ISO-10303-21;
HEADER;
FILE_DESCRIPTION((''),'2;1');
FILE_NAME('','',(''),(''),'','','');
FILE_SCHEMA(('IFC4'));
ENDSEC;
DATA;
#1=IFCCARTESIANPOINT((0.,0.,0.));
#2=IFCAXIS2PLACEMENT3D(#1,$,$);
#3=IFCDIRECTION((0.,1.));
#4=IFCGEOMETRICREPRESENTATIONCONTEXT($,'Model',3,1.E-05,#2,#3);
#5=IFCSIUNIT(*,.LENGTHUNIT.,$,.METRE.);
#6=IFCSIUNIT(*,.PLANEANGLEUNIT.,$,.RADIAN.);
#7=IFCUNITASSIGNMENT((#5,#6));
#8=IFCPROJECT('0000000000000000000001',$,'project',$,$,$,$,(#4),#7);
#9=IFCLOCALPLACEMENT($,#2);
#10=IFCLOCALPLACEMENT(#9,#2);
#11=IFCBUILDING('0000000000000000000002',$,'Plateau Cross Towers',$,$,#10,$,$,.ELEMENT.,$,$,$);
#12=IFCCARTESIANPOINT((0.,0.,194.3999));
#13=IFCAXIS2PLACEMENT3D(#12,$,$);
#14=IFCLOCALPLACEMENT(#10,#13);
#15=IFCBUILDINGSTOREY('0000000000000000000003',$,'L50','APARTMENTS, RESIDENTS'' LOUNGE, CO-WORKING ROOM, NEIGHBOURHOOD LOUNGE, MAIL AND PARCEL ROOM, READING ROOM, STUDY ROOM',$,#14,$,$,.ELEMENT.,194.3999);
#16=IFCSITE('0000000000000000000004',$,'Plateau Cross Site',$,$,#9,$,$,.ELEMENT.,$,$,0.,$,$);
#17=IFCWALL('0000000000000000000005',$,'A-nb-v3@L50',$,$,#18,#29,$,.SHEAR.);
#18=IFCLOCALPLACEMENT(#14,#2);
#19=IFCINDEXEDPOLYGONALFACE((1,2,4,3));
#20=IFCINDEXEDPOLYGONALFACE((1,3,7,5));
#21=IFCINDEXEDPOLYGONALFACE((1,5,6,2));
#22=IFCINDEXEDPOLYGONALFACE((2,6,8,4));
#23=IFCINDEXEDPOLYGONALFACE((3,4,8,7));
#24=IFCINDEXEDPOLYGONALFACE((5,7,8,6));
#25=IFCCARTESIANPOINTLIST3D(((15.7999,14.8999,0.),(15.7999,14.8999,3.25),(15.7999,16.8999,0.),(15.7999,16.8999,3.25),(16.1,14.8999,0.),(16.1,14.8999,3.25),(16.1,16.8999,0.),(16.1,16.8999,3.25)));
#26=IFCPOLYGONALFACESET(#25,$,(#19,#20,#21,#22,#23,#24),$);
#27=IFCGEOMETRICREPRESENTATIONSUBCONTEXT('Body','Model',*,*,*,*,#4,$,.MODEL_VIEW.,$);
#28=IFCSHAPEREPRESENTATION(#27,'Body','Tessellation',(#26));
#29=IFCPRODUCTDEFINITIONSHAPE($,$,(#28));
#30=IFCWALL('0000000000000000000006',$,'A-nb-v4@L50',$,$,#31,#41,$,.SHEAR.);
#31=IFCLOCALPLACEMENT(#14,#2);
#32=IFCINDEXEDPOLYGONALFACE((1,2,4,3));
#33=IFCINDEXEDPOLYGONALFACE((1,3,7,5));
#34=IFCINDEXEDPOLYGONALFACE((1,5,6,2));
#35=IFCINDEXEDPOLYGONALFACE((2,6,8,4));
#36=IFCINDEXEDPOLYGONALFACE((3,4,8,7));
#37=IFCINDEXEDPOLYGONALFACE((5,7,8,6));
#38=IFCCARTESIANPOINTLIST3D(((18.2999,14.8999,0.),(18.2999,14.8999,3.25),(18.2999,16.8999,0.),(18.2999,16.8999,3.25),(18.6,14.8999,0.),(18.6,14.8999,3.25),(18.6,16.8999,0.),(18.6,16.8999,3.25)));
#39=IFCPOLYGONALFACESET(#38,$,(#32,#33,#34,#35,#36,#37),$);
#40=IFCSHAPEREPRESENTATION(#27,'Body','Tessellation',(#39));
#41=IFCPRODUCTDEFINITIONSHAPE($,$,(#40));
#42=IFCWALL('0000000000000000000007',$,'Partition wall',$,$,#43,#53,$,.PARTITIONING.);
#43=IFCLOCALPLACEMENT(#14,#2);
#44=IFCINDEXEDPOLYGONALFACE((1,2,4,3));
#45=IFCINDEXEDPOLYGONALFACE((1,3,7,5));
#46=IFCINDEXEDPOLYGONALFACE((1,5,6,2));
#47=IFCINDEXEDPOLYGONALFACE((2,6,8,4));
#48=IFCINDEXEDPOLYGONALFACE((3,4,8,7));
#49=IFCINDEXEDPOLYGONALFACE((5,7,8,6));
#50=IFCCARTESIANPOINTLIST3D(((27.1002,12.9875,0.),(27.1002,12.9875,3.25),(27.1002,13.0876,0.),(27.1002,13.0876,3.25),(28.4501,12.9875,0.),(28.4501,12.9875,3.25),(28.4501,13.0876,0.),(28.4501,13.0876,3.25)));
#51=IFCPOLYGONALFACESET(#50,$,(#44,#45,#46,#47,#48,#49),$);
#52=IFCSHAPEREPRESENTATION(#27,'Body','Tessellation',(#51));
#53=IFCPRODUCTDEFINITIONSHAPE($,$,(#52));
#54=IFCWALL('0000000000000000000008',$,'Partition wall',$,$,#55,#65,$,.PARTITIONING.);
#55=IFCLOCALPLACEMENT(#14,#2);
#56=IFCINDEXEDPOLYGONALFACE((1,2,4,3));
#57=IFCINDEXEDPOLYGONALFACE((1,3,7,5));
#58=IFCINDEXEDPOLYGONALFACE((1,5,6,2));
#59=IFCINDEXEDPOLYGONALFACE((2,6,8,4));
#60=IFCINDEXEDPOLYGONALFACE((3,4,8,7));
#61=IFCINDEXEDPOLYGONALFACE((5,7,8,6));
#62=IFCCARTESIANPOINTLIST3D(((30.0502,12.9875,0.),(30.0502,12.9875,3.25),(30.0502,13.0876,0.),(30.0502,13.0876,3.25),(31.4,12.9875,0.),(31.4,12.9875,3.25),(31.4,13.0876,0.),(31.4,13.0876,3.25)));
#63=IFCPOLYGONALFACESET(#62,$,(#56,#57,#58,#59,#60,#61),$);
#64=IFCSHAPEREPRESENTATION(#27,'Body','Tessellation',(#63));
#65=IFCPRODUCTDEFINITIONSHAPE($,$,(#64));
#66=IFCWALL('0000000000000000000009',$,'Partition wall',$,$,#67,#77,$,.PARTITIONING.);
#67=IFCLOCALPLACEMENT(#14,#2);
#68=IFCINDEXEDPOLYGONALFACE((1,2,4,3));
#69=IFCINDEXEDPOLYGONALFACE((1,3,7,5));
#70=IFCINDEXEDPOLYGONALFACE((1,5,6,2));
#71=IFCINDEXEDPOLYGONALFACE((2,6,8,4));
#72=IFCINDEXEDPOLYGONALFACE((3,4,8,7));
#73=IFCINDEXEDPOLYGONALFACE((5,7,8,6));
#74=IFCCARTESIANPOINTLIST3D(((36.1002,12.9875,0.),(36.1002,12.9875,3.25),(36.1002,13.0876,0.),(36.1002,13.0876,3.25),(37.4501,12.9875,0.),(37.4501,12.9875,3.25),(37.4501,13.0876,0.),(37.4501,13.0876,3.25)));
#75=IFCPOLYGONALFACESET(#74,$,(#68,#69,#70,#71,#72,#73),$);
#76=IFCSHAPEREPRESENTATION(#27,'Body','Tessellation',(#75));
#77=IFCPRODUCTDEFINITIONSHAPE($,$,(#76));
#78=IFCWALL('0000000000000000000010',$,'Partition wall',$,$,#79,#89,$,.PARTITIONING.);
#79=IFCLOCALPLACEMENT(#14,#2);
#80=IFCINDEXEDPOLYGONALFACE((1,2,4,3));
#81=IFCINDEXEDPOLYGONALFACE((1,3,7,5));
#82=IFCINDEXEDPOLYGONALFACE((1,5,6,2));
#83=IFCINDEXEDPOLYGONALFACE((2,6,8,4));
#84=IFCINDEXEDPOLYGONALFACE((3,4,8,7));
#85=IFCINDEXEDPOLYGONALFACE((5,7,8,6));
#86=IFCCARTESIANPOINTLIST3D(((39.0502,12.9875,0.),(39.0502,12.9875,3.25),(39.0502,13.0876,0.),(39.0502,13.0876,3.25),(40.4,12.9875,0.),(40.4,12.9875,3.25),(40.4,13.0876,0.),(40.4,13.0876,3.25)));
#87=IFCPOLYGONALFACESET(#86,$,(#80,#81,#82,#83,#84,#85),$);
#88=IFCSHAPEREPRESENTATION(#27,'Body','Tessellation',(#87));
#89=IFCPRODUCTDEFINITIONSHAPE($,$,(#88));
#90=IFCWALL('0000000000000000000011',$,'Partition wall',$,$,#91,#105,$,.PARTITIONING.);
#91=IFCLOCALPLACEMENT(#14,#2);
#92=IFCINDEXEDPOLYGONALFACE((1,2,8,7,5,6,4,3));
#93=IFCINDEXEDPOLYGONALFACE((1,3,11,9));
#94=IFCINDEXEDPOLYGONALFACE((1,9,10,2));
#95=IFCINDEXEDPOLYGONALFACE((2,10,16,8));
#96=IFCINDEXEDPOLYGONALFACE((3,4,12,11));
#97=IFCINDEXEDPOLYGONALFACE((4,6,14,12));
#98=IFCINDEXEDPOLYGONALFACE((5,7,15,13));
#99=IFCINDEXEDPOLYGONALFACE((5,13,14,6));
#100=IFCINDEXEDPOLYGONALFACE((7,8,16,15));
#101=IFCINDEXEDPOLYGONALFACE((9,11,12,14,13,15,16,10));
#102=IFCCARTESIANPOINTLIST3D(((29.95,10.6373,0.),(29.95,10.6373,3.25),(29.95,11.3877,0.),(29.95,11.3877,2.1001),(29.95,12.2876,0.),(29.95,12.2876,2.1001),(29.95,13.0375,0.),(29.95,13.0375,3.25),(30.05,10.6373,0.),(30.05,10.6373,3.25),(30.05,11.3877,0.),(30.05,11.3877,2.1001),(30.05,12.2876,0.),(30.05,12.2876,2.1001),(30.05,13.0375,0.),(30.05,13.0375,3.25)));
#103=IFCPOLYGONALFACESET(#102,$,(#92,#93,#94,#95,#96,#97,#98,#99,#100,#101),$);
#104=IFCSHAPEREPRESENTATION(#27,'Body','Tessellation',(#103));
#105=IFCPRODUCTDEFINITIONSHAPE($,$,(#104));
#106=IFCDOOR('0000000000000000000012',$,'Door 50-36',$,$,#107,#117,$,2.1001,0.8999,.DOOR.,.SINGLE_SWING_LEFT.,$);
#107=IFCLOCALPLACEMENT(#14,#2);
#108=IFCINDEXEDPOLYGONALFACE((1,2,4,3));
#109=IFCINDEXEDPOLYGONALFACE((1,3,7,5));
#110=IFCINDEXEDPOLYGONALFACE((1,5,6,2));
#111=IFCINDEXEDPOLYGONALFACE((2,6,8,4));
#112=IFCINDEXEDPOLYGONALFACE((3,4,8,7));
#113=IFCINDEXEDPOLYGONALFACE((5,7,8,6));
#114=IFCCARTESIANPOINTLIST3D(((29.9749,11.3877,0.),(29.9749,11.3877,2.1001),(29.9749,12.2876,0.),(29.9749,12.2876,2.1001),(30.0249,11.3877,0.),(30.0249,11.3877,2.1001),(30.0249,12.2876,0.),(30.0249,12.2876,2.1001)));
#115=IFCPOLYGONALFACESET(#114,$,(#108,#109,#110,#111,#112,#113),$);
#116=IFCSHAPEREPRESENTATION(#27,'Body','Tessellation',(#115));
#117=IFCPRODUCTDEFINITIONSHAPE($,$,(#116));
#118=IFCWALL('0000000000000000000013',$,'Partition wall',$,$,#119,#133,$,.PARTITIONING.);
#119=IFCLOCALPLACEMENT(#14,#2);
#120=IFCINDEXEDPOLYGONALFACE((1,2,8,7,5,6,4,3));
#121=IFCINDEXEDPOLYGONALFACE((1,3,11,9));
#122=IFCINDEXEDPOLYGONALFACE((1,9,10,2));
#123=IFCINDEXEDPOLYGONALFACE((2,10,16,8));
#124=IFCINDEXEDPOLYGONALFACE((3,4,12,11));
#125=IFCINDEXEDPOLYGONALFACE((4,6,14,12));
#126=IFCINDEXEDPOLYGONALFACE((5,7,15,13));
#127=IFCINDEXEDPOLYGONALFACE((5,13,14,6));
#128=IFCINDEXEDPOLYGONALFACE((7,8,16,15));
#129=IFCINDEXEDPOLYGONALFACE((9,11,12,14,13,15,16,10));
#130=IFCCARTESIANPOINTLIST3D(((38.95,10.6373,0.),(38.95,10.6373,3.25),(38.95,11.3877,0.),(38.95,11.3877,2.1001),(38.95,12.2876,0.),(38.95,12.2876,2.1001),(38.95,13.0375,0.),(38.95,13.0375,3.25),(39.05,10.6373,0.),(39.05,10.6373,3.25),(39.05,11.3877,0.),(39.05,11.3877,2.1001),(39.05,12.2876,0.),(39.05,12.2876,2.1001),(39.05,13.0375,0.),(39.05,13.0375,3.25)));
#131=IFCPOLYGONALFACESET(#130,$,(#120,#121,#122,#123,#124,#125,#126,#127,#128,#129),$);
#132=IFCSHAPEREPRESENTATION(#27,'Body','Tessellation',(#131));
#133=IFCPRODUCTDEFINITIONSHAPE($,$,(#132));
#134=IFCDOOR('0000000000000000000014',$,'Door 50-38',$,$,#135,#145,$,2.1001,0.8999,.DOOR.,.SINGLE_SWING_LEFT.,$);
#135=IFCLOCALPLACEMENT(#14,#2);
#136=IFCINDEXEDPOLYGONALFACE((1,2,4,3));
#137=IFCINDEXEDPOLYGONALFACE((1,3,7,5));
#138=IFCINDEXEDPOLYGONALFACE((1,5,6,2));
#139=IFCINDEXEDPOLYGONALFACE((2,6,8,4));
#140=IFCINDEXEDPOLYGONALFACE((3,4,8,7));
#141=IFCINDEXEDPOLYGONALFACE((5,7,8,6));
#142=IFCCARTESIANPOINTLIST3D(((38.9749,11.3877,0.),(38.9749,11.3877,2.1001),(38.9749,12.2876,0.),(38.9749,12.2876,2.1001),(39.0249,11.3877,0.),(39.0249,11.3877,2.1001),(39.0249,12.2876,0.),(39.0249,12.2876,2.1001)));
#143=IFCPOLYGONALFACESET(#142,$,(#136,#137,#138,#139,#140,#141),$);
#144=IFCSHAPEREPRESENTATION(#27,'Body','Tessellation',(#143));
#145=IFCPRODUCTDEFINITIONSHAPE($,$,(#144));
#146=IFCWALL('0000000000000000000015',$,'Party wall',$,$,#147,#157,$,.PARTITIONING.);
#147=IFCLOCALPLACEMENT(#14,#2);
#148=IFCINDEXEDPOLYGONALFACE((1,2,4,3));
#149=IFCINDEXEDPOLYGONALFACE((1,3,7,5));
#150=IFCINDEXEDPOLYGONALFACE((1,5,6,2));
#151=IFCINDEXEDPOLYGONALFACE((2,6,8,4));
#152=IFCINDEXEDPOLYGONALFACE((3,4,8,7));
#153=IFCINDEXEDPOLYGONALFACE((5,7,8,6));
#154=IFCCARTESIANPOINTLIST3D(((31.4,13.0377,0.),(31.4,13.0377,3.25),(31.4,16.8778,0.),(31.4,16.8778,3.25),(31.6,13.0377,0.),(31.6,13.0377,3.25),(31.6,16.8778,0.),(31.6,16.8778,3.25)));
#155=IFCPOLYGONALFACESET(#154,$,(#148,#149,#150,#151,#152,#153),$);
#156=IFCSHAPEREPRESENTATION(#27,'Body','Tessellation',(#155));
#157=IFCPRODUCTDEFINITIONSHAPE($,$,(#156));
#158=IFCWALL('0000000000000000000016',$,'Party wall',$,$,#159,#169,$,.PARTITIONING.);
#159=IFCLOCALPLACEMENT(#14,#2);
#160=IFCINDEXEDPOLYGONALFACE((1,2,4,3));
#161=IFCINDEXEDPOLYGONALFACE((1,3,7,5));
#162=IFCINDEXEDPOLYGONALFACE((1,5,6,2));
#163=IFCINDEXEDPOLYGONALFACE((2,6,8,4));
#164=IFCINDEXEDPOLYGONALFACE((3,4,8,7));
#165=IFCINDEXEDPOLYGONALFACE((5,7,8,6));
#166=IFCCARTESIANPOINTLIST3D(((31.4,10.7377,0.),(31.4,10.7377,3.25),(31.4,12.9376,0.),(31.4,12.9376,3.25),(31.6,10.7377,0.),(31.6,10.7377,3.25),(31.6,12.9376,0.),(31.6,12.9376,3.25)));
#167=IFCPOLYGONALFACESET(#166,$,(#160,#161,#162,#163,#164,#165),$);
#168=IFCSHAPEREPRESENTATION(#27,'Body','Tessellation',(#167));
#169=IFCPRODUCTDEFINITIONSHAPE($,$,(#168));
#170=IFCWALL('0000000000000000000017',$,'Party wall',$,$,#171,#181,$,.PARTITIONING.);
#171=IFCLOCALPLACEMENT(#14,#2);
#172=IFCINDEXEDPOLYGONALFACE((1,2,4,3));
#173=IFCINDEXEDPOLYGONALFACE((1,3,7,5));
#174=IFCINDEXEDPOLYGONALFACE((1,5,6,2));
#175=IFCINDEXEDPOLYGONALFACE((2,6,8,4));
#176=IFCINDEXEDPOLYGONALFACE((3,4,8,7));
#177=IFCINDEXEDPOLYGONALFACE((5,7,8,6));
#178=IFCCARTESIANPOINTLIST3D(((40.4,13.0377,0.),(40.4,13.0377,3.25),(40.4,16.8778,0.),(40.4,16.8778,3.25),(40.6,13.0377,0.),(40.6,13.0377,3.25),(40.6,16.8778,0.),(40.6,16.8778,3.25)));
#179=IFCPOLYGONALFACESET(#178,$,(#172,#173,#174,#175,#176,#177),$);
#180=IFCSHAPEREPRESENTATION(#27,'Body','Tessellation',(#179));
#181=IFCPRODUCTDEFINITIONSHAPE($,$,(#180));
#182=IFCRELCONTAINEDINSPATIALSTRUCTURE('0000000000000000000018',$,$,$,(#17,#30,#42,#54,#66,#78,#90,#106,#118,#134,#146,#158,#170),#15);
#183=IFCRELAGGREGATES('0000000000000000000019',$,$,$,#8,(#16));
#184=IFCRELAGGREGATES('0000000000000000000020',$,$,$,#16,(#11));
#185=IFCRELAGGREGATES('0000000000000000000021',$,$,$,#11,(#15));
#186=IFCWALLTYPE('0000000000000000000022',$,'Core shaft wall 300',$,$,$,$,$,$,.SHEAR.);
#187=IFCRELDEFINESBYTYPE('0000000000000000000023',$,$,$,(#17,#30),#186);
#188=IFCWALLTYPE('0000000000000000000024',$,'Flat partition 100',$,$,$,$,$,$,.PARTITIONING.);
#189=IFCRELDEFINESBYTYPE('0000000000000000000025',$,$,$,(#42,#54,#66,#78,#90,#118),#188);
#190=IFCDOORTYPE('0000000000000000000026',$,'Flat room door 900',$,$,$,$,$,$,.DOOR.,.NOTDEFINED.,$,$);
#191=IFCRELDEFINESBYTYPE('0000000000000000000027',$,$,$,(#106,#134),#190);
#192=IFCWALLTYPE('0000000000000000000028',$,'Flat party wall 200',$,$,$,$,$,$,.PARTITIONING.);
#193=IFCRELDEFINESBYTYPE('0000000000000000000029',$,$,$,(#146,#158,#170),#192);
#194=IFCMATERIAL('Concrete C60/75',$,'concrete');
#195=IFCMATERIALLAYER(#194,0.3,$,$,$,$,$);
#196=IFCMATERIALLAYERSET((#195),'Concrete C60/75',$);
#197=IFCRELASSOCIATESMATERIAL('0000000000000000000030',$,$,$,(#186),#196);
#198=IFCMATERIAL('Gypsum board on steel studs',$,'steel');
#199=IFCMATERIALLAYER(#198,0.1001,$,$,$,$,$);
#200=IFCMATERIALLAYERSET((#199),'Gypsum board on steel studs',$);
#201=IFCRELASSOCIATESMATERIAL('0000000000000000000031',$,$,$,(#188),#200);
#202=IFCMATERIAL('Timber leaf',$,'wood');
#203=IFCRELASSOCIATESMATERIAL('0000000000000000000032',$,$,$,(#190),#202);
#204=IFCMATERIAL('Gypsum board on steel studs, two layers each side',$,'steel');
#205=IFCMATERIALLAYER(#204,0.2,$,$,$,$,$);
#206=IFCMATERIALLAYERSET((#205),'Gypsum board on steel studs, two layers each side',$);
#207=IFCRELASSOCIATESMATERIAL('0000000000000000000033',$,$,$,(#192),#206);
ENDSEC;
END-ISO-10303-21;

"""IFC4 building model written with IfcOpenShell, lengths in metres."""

from ifc_helpers import new_model, si_unit, direction, frame, frame_2d, origin, place, context, subcontext, project, spatial, rectangle, extrude, material, layer, layer_set, type_object, element, fill, save


model = new_model("IFC4")

# Units and contexts
model_context = context("Model", 3, precision=1e-05, world=origin(), true_north=direction((0.0, 1.0)))
body_context = subcontext(model_context, "Body", "Model", "MODEL_VIEW")
ifc_project = project(units=[si_unit("LENGTHUNIT", "METRE"), si_unit("PLANEANGLEUNIT", "RADIAN")], contexts=[model_context])

# Site, building, storey
site_placement = place(None, origin())
site = spatial("IfcSite", under=ifc_project, at=site_placement, Name="Plateau Cross Site", CompositionType="ELEMENT", RefElevation=0.0)
building_placement = place(site_placement, origin())
building = spatial("IfcBuilding", under=site, at=building_placement, Name="Plateau Cross Towers", CompositionType="ELEMENT")
storey_placement = place(building_placement, frame((0.0, 0.0, 194.3999)))
storey = spatial("IfcBuildingStorey", under=building, at=storey_placement, Name="L50", Description="APARTMENTS, RESIDENTS' LOUNGE, CO-WORKING ROOM, NEIGHBOURHOOD LOUNGE, MAIL AND PARCEL ROOM, READING ROOM, STUDY ROOM", CompositionType="ELEMENT", Elevation=194.3999)

# Walls
ifc_material_1 = material(Name="Concrete C60/75", Category="concrete")
ifc_layer_1 = layer(ifc_material_1, 0.3)
ifc_layer_set_1 = layer_set([ifc_layer_1], Name="Concrete C60/75")
wall_type_1 = type_object("IfcWallType", Name="Core shaft wall 300", PredefinedType="SHEAR", material=ifc_layer_set_1)
for number, where, z_axis, x_axis, name in (
    (1, (15.95, 14.8999, 0.0), (0.0, 0.0, 1.0), (0.0, 1.0, 0.0), "A-nb-v3@L50"),
    (2, (18.45, 14.8999, 0.0), (0.0, 0.0, 1.0), (0.0, 1.0, 0.0), "A-nb-v4@L50"),
):
    element("IfcWall", number, at=place(storey_placement, frame(where, z_axis=z_axis, x_axis=x_axis)), inside=storey, type_object=wall_type_1, Name=name, PredefinedType="SHEAR", context=body_context, shape_type="SweptSolid", body=[
        extrude(rectangle(XDim=2.0, YDim=0.3, at=frame_2d((1.0, 0.0))), origin(), (0.0, 0.0, 1.0), 3.25),
    ])
ifc_material_2 = material(Name="Gypsum board on steel studs", Category="steel")
ifc_layer_2 = layer(ifc_material_2, 0.1001)
ifc_layer_set_2 = layer_set([ifc_layer_2], Name="Gypsum board on steel studs")
wall_type_2 = type_object("IfcWallType", Name="Flat partition 100", PredefinedType="PARTITIONING", material=ifc_layer_set_2)
for number, where, z_axis, x_axis, name in (
    (3, (28.45, 13.0376, 0.0), (0.0, 0.0, 1.0), (-1.0, 0.0, 0.0), "Partition wall"),
    (4, (31.3999, 13.0376, 0.0), (0.0, 0.0, 1.0), (-1.0, 0.0, 0.0), "Partition wall"),
    (5, (37.45, 13.0376, 0.0), (0.0, 0.0, 1.0), (-1.0, 0.0, 0.0), "Partition wall"),
    (6, (40.3999, 13.0376, 0.0), (0.0, 0.0, 1.0), (-1.0, 0.0, 0.0), "Partition wall"),
):
    element("IfcWall", number, at=place(storey_placement, frame(where, z_axis=z_axis, x_axis=x_axis)), inside=storey, type_object=wall_type_2, Name=name, PredefinedType="PARTITIONING", context=body_context, shape_type="SweptSolid", body=[
        extrude(rectangle(XDim=1.3499, YDim=0.1001, at=frame_2d((0.6748, 0.0))), origin(), (0.0, 0.0, 1.0), 3.25),
    ])

# Walls, openings, doors
wall_1_placement = place(storey_placement, frame((30.0, 13.0376, 0.0), z_axis=(0.0, 0.0, 1.0), x_axis=(0.0, -1.0, 0.0)))
wall_1 = element("IfcWall", 7, at=wall_1_placement, inside=storey, type_object=wall_type_2, Name="Partition wall", PredefinedType="PARTITIONING", context=body_context, shape_type="SweptSolid", body=[
    extrude(rectangle(XDim=2.4001, YDim=0.1001, at=frame_2d((1.2002, 0.0))), origin(), (0.0, 0.0, 1.0), 3.25),
])
opening_1_placement = place(wall_1_placement, frame((0.75, 0.0, 0.0)))
opening_1 = element("IfcOpeningElement", 8, at=opening_1_placement, cuts=wall_1, PredefinedType="OPENING", context=body_context, shape_type="SweptSolid", body=[
    extrude(rectangle(XDim=0.8999, YDim=2.1001, at=frame_2d((0.45, 1.05))), frame((0.0, 0.0601, 0.0), z_axis=(0.0, -1.0, 0.0), x_axis=(1.0, 0.0, 0.0)), (0.0, 0.0, 1.0), 0.1201),
])
ifc_material_3 = material(Name="Timber leaf", Category="wood")
door_type_1 = type_object("IfcDoorType", Name="Flat room door 900", OperationType="NOTDEFINED", PredefinedType="DOOR", material=ifc_material_3)
door_1_placement = place(opening_1_placement, origin())
door_1 = element("IfcDoor", 9, at=door_1_placement, inside=storey, type_object=door_type_1, Name="Door 50-36", OperationType="SINGLE_SWING_LEFT", OverallHeight=2.1001, OverallWidth=0.8999, PredefinedType="DOOR", context=body_context, shape_type="SweptSolid", body=[
    extrude(rectangle(XDim=0.8999, YDim=2.1001, at=frame_2d((0.45, 1.05))), frame((0.0, 0.0249, 0.0), z_axis=(0.0, -1.0, 0.0), x_axis=(1.0, 0.0, 0.0)), (0.0, 0.0, 1.0), 0.05),
])
fill(opening_1, door_1)
wall_2_placement = place(storey_placement, frame((39.0, 13.0376, 0.0), z_axis=(0.0, 0.0, 1.0), x_axis=(0.0, -1.0, 0.0)))
wall_2 = element("IfcWall", 10, at=wall_2_placement, inside=storey, type_object=wall_type_2, Name="Partition wall", PredefinedType="PARTITIONING", context=body_context, shape_type="SweptSolid", body=[
    extrude(rectangle(XDim=2.4001, YDim=0.1001, at=frame_2d((1.2002, 0.0))), origin(), (0.0, 0.0, 1.0), 3.25),
])
opening_2_placement = place(wall_2_placement, frame((0.75, 0.0, 0.0)))
opening_2 = element("IfcOpeningElement", 11, at=opening_2_placement, cuts=wall_2, PredefinedType="OPENING", context=body_context, shape_type="SweptSolid", body=[
    extrude(rectangle(XDim=0.8999, YDim=2.1001, at=frame_2d((0.45, 1.05))), frame((0.0, 0.0601, 0.0), z_axis=(0.0, -1.0, 0.0), x_axis=(1.0, 0.0, 0.0)), (0.0, 0.0, 1.0), 0.1201),
])
door_2_placement = place(opening_2_placement, origin())
door_2 = element("IfcDoor", 12, at=door_2_placement, inside=storey, type_object=door_type_1, Name="Door 50-38", OperationType="SINGLE_SWING_LEFT", OverallHeight=2.1001, OverallWidth=0.8999, PredefinedType="DOOR", context=body_context, shape_type="SweptSolid", body=[
    extrude(rectangle(XDim=0.8999, YDim=2.1001, at=frame_2d((0.45, 1.05))), frame((0.0, 0.0249, 0.0), z_axis=(0.0, -1.0, 0.0), x_axis=(1.0, 0.0, 0.0)), (0.0, 0.0, 1.0), 0.05),
])
fill(opening_2, door_2)

# Walls
ifc_material_4 = material(Name="Gypsum board on steel studs, two layers each side", Category="steel")
ifc_layer_3 = layer(ifc_material_4, 0.2)
ifc_layer_set_3 = layer_set([ifc_layer_3], Name="Gypsum board on steel studs, two layers each side")
wall_type_3 = type_object("IfcWallType", Name="Flat party wall 200", PredefinedType="PARTITIONING", material=ifc_layer_set_3)
wall_3_placement = place(storey_placement, frame((31.5, 16.8777, 0.0), z_axis=(0.0, 0.0, 1.0), x_axis=(0.0, -1.0, 0.0)))
element("IfcWall", 13, at=wall_3_placement, inside=storey, type_object=wall_type_3, Name="Party wall", PredefinedType="PARTITIONING", context=body_context, shape_type="SweptSolid", body=[
    extrude(rectangle(XDim=3.8401, YDim=0.2, at=frame_2d((1.9199, 0.0))), origin(), (0.0, 0.0, 1.0), 3.25),
])
wall_4_placement = place(storey_placement, frame((31.5, 10.7375, 0.0), z_axis=(0.0, 0.0, 1.0), x_axis=(0.0, 1.0, 0.0)))
element("IfcWall", 14, at=wall_4_placement, inside=storey, type_object=wall_type_3, Name="Party wall", PredefinedType="PARTITIONING", context=body_context, shape_type="SweptSolid", body=[
    extrude(rectangle(XDim=2.2, YDim=0.2, at=frame_2d((1.1001, 0.0))), origin(), (0.0, 0.0, 1.0), 3.25),
])
wall_5_placement = place(storey_placement, frame((40.5, 16.8777, 0.0), z_axis=(0.0, 0.0, 1.0), x_axis=(0.0, -1.0, 0.0)))
element("IfcWall", 15, at=wall_5_placement, inside=storey, type_object=wall_type_3, Name="Party wall", PredefinedType="PARTITIONING", context=body_context, shape_type="SweptSolid", body=[
    extrude(rectangle(XDim=3.8401, YDim=0.2, at=frame_2d((1.9199, 0.0))), origin(), (0.0, 0.0, 1.0), 3.25),
])

save(model, "model.ifc")
